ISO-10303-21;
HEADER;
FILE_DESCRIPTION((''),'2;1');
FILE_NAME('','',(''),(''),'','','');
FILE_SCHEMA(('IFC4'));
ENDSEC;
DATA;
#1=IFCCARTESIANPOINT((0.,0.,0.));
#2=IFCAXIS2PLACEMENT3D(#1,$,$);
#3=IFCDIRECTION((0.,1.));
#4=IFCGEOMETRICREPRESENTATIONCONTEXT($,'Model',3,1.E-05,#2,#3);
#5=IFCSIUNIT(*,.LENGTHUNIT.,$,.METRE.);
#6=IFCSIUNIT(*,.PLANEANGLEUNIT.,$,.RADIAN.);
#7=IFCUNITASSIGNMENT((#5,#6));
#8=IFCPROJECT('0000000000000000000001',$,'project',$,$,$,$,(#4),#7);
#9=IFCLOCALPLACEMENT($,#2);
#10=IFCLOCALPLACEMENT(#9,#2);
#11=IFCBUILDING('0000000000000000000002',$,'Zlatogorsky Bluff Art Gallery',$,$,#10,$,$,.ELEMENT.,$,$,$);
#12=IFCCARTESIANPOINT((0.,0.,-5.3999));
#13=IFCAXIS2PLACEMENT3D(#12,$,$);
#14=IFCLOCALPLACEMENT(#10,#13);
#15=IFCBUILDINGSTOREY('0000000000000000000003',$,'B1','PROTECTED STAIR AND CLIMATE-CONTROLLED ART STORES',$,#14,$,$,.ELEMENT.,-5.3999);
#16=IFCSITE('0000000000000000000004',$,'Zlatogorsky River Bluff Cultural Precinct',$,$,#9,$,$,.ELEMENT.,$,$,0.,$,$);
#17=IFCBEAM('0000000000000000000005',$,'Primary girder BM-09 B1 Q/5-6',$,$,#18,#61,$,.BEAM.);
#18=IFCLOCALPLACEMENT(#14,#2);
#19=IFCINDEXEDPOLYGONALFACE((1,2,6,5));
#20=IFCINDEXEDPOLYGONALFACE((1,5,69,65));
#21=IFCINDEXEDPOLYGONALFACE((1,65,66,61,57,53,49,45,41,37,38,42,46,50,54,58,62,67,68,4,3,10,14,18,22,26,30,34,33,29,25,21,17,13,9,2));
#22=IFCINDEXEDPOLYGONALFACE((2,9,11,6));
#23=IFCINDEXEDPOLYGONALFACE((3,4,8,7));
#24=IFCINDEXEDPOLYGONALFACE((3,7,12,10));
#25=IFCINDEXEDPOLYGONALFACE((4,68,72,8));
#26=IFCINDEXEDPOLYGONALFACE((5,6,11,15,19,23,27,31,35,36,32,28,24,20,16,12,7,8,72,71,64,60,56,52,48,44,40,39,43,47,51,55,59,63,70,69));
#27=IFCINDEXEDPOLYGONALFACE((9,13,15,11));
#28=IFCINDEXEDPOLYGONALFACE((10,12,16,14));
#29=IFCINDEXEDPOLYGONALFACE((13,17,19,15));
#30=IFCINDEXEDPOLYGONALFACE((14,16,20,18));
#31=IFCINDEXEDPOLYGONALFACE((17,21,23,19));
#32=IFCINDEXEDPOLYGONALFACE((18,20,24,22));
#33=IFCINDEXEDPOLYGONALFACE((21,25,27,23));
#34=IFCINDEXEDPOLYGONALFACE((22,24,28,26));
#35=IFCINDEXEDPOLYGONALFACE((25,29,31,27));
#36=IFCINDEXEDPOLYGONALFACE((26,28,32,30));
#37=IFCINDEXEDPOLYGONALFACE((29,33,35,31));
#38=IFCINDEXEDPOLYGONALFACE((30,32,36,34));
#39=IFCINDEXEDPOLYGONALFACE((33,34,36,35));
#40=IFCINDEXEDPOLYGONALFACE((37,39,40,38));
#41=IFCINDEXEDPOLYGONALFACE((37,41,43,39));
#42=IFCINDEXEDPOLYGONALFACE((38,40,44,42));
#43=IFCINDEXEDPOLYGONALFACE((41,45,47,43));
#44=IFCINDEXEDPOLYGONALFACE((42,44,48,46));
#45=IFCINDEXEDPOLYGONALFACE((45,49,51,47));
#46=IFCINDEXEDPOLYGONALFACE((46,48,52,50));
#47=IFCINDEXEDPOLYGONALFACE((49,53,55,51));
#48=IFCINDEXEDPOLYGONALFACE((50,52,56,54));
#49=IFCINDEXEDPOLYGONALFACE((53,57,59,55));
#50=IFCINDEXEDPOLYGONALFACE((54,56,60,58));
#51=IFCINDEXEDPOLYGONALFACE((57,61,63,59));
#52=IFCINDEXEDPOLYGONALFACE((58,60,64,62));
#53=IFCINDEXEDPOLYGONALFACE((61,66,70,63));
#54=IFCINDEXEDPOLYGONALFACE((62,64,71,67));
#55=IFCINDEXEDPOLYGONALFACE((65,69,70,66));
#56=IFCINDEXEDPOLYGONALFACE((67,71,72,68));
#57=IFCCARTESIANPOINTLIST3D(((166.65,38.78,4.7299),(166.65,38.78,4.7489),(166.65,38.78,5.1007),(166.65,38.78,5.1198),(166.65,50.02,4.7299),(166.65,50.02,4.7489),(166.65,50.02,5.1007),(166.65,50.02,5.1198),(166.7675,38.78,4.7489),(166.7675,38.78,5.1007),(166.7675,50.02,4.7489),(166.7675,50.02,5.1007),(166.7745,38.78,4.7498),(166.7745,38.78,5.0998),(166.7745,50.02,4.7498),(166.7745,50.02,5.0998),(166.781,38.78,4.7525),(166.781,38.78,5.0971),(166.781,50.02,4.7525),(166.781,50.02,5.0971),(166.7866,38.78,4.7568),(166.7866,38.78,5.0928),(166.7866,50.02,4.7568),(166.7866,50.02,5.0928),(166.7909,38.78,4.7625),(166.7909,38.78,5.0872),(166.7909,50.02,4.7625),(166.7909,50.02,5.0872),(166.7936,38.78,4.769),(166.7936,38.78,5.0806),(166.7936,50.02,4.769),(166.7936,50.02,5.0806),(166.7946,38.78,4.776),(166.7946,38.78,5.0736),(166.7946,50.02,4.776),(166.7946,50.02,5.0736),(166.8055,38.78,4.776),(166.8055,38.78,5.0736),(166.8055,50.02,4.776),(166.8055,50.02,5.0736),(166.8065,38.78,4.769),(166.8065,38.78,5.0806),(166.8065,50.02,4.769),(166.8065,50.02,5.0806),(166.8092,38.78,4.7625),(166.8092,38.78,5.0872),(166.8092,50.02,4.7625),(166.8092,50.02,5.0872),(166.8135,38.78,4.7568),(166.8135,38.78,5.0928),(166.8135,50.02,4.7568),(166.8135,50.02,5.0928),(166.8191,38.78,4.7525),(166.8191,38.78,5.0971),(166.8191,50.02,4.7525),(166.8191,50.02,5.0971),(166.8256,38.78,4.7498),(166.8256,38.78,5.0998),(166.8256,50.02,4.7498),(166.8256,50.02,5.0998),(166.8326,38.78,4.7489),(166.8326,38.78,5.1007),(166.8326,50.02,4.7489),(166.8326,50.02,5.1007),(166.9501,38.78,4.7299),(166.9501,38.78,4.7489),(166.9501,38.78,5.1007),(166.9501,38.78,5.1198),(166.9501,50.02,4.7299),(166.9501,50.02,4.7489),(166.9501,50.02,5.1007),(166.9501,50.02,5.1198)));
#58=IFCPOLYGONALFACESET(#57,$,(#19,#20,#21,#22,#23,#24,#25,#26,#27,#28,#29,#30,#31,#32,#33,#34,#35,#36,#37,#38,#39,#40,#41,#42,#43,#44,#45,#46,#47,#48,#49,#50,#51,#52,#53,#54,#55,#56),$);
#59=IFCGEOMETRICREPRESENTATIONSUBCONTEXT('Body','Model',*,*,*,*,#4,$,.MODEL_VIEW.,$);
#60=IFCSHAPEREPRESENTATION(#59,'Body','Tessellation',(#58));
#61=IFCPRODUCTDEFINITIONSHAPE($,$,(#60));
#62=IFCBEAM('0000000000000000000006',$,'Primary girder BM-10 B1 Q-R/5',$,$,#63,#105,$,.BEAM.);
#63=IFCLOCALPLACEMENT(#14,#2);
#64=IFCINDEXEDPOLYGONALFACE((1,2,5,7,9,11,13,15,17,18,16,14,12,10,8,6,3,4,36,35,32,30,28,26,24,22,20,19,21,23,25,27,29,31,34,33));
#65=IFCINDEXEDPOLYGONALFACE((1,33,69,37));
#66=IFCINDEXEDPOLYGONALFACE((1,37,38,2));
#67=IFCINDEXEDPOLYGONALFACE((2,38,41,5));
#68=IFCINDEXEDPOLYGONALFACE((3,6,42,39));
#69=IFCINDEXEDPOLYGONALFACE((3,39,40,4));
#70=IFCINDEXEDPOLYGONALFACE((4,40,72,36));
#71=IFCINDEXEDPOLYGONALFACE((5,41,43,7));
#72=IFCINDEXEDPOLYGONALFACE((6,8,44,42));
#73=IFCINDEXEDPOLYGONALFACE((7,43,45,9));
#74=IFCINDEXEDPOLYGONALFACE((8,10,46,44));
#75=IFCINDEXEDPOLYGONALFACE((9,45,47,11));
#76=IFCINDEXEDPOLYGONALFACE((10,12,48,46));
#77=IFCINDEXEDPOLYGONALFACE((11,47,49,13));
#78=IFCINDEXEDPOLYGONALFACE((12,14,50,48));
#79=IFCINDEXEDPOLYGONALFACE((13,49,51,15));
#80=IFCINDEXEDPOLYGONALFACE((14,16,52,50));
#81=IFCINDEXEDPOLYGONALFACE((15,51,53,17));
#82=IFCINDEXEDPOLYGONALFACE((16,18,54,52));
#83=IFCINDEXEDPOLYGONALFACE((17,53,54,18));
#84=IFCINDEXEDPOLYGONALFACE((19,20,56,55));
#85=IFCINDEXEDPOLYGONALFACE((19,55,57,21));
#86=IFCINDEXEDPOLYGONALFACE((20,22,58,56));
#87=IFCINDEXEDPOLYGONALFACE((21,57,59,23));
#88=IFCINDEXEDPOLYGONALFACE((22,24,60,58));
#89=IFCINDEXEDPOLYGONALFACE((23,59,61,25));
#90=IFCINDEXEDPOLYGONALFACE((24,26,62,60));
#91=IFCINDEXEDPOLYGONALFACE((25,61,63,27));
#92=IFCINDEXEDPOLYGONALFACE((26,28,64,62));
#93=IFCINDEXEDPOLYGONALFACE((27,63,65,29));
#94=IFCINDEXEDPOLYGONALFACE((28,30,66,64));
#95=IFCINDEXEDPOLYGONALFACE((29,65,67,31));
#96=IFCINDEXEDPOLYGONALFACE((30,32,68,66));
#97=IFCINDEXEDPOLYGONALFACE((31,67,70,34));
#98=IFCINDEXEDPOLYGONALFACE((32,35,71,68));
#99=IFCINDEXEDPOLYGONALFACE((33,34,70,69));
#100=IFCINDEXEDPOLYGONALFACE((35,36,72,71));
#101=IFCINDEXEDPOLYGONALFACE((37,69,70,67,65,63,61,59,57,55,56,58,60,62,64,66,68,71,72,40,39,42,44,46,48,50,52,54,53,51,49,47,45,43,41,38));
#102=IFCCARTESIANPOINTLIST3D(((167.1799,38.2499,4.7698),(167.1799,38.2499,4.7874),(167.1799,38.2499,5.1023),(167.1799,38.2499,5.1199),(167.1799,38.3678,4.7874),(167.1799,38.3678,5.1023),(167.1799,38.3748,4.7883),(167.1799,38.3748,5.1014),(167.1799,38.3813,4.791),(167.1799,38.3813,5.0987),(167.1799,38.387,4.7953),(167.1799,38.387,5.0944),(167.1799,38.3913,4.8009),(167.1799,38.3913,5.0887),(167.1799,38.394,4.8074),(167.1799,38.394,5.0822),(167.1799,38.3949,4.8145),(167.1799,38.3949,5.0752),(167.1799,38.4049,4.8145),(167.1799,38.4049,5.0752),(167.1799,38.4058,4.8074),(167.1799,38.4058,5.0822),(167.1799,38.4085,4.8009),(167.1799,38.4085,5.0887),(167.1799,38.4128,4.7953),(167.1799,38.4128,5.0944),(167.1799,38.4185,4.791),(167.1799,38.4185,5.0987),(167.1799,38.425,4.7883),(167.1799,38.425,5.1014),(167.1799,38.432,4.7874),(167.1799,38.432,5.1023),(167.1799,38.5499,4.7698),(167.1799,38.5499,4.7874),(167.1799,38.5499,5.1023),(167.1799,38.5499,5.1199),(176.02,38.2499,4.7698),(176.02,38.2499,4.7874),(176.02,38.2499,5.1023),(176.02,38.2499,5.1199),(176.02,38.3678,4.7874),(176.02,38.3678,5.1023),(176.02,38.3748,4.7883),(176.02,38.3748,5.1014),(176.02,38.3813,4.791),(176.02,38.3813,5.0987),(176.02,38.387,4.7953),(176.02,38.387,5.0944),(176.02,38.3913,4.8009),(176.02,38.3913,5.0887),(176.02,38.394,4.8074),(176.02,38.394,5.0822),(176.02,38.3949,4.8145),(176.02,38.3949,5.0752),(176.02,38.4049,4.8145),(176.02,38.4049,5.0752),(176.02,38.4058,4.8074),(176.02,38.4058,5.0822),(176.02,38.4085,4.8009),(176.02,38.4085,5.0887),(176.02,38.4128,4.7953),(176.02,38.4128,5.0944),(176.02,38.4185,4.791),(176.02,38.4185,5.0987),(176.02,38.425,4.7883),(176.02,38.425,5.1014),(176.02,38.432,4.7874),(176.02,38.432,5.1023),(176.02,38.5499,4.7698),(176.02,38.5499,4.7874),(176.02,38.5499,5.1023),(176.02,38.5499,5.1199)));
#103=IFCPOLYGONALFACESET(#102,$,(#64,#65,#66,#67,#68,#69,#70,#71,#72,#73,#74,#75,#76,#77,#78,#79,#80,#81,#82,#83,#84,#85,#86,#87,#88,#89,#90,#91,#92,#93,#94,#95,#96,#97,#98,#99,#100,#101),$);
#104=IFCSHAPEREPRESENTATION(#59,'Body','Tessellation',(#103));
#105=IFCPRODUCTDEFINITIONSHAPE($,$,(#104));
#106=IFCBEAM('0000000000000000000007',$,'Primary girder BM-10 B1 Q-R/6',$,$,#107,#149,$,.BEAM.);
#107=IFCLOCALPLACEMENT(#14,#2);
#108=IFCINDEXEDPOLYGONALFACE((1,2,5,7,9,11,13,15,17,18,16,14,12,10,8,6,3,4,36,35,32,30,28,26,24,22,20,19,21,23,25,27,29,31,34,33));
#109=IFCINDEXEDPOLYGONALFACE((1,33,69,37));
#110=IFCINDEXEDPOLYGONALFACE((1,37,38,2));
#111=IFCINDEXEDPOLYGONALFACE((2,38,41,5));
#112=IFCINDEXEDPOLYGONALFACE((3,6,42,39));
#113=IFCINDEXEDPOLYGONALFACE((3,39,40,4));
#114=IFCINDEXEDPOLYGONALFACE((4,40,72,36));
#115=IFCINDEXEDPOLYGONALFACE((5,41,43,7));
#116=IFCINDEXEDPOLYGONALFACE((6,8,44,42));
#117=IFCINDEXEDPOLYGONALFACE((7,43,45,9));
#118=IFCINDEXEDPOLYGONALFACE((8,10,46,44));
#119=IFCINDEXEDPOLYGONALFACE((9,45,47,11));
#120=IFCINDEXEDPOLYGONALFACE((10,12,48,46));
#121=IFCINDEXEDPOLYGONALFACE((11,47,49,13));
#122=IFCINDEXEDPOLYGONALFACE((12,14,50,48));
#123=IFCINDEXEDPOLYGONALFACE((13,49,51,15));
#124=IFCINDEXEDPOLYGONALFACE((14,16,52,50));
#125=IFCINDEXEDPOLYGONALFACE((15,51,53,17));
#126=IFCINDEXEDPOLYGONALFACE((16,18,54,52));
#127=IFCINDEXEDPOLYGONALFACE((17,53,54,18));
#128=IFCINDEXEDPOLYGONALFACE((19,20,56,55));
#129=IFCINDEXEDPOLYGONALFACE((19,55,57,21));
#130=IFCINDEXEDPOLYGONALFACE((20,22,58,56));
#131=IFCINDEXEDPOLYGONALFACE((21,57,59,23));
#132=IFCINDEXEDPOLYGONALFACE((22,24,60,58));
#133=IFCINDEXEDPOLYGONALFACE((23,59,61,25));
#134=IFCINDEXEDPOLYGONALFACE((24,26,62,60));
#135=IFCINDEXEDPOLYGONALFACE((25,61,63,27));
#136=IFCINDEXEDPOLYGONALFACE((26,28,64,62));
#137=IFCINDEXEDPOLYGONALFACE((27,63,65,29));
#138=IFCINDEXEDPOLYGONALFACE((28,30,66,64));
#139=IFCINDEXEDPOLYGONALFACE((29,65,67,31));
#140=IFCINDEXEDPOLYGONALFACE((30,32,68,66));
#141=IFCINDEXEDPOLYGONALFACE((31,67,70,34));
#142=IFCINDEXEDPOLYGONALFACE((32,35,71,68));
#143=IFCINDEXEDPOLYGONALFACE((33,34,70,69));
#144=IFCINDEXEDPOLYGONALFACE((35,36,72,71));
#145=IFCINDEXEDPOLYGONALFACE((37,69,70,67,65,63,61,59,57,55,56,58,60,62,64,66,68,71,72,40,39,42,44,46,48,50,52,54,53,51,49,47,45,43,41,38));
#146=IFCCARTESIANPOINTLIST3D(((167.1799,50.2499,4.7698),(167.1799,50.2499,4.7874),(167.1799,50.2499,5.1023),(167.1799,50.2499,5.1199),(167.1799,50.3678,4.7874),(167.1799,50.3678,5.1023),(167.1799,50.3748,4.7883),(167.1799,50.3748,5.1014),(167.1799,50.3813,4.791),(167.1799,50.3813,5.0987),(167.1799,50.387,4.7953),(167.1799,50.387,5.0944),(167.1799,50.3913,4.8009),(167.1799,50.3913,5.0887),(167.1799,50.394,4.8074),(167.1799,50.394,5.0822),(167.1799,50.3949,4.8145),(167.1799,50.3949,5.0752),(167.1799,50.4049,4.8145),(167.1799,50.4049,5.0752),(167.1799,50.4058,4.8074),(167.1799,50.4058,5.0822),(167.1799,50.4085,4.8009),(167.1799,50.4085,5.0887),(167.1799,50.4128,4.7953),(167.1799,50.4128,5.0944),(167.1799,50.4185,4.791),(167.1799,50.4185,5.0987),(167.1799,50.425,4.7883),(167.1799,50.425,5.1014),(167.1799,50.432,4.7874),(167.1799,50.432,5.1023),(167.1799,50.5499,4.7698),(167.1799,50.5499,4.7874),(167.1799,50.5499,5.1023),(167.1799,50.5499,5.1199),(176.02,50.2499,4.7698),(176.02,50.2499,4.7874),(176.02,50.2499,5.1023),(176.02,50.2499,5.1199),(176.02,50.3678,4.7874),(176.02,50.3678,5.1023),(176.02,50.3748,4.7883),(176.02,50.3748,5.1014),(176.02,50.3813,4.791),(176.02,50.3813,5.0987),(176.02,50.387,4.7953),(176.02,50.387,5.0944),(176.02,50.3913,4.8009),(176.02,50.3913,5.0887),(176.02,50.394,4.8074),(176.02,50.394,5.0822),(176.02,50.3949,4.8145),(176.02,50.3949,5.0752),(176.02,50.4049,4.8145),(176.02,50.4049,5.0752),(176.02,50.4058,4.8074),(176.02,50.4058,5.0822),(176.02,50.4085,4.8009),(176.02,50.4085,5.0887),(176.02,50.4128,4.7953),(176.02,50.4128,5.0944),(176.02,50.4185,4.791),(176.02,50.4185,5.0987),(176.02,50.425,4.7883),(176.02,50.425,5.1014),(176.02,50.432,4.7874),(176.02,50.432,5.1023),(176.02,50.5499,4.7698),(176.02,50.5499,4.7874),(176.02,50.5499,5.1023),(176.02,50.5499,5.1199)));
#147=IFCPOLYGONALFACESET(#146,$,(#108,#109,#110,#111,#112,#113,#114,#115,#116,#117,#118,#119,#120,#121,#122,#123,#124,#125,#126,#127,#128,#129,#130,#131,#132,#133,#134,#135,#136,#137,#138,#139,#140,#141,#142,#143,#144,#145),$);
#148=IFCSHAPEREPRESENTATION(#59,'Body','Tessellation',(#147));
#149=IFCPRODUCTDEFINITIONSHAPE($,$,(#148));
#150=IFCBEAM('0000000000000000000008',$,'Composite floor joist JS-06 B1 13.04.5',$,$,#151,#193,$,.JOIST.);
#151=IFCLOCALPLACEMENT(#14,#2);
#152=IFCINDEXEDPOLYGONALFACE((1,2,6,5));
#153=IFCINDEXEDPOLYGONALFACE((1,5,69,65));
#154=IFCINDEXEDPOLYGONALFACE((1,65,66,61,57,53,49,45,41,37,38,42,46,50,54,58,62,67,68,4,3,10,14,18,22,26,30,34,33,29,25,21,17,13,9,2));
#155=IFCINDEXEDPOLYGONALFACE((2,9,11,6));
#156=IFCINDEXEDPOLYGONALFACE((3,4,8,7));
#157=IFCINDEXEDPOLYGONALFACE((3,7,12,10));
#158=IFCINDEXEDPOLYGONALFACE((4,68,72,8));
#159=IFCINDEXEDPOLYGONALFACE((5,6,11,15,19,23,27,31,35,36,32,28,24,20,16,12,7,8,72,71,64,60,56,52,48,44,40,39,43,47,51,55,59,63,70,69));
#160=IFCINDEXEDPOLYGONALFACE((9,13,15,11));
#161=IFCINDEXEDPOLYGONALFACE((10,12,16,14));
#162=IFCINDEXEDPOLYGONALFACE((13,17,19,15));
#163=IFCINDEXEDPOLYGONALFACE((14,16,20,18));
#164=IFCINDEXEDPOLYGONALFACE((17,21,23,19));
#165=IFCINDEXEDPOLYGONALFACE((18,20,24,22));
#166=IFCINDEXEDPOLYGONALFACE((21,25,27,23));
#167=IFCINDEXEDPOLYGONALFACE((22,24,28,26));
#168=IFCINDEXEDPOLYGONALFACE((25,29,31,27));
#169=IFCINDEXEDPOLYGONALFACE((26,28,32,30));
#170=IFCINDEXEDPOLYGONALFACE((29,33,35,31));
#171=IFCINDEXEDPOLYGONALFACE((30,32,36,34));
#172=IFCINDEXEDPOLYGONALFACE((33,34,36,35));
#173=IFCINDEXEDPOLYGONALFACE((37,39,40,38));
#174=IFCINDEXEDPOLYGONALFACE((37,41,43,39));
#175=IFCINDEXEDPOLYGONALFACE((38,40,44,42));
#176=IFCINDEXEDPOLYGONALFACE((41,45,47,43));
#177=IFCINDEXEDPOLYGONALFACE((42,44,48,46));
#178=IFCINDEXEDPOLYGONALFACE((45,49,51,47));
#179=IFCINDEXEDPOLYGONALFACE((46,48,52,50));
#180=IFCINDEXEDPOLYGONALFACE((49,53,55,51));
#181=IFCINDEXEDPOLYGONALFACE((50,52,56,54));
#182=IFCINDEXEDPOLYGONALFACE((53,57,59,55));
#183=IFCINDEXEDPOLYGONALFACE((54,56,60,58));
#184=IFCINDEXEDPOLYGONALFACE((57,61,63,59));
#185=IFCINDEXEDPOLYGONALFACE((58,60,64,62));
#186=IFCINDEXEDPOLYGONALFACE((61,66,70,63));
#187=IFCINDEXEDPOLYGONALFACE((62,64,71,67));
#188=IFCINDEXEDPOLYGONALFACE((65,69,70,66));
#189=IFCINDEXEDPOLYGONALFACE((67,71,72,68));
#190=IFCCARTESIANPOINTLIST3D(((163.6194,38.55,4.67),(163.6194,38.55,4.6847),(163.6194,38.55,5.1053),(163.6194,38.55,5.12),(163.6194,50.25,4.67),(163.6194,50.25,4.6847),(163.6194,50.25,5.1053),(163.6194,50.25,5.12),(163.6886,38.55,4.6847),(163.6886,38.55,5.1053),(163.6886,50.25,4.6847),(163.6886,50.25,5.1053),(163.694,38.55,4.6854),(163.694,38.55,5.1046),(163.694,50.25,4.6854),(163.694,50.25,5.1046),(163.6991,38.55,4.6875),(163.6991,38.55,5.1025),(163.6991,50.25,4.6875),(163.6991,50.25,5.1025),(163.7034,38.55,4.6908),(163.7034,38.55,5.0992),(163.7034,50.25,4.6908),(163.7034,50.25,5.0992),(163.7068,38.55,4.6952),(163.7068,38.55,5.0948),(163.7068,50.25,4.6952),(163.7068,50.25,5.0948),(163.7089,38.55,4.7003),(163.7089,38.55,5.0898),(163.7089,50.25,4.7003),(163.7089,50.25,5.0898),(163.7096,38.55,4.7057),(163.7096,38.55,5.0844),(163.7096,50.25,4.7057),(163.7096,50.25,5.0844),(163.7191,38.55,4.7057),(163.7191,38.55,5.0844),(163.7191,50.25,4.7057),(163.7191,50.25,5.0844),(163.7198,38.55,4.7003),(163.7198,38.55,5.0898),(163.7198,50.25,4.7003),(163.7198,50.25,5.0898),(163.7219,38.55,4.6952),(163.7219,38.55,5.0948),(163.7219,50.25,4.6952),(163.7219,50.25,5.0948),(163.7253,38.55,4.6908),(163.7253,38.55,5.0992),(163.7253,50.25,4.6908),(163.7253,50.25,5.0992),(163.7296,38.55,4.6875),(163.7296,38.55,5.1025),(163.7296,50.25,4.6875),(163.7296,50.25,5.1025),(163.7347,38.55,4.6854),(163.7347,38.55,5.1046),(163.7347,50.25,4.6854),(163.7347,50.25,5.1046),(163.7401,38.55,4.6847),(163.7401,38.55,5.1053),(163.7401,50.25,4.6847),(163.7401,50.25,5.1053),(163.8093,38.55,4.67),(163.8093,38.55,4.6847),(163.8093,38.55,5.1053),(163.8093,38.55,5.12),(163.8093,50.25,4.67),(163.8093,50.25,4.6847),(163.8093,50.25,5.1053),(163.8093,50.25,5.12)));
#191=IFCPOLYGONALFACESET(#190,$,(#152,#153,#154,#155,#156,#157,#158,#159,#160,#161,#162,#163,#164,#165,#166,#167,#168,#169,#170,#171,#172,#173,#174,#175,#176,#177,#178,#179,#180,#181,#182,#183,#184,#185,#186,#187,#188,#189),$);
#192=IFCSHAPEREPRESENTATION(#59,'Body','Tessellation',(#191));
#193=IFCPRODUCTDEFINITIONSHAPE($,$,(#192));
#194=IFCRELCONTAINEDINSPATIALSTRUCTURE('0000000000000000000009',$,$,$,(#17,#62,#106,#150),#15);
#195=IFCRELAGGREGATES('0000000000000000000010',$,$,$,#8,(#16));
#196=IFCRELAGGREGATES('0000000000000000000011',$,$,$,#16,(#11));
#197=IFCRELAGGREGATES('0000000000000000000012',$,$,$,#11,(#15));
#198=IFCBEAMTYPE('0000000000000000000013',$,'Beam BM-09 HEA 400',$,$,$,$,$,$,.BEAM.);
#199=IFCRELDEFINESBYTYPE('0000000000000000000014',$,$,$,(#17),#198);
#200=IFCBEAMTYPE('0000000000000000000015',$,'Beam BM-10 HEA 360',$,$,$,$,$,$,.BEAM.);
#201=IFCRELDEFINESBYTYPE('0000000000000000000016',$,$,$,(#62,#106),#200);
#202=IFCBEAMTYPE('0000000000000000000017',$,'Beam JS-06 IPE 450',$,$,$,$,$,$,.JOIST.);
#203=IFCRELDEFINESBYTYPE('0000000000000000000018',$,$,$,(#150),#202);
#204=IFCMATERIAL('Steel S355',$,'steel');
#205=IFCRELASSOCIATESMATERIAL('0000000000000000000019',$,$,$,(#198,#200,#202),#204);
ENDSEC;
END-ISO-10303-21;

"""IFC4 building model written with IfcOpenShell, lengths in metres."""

from ifc_helpers import new_model, si_unit, direction, frame, origin, origin_2d, place, context, subcontext, project, spatial, i_section, extrude, material, material_profile, profile_set, type_object, element, save


model = new_model("IFC4")

# Units and contexts
model_context = context("Model", 3, precision=1e-05, world=origin(), true_north=direction((0.0, 1.0)))
body_context = subcontext(model_context, "Body", "Model", "MODEL_VIEW")
ifc_project = project(units=[si_unit("LENGTHUNIT", "METRE"), si_unit("PLANEANGLEUNIT", "RADIAN")], contexts=[model_context])

# Site, building, storey
site_placement = place(None, origin())
site = spatial("IfcSite", under=ifc_project, at=site_placement, Name="Zlatogorsky River Bluff Cultural Precinct", CompositionType="ELEMENT", RefElevation=0.0)
building_placement = place(site_placement, origin())
building = spatial("IfcBuilding", under=site, at=building_placement, Name="Zlatogorsky Bluff Art Gallery", CompositionType="ELEMENT")
storey_placement = place(building_placement, frame((0.0, 0.0, -5.3999)))
storey = spatial("IfcBuildingStorey", under=building, at=storey_placement, Name="B1", Description="PROTECTED STAIR AND CLIMATE-CONTROLLED ART STORES", CompositionType="ELEMENT", Elevation=-5.3999)

# Beams
ifc_material_1 = material(Name="Steel S355", Category="steel")
ifc_material_profile_1 = material_profile(ifc_material_1, i_section(OverallWidth=0.3, OverallDepth=0.3899, WebThickness=0.011, FlangeThickness=0.019, FilletRadius=0.0271, at=origin_2d()), Name="HEA 400")
ifc_profile_set_1 = profile_set([ifc_material_profile_1], Name="Steel S355")
beam_type_1 = type_object("IfcBeamType", Name="Beam BM-09 HEA 400", PredefinedType="BEAM", material=ifc_profile_set_1)
beam_1_placement = place(storey_placement, frame((166.8, 38.78, 4.9248), z_axis=(0.0, 1.0, 0.0), x_axis=(-1.0, 0.0, 0.0)))
element("IfcBeam", 1, at=beam_1_placement, inside=storey, type_object=beam_type_1, Name="Primary girder BM-09 B1 Q/5-6", PredefinedType="BEAM", context=body_context, shape_type="SweptSolid", body=[
    extrude(i_section(OverallWidth=0.3, OverallDepth=0.3899, WebThickness=0.011, FlangeThickness=0.019, FilletRadius=0.0271, at=origin_2d()), origin(), (0.0, 0.0, 1.0), 11.24),
])
ifc_material_profile_2 = material_profile(ifc_material_1, i_section(OverallWidth=0.3, OverallDepth=0.3501, WebThickness=0.01, FlangeThickness=0.0176, FilletRadius=0.0271, at=origin_2d()), Name="HEA 360")
ifc_profile_set_2 = profile_set([ifc_material_profile_2], Name="Steel S355")
beam_type_2 = type_object("IfcBeamType", Name="Beam BM-10 HEA 360", PredefinedType="BEAM", material=ifc_profile_set_2)
for number, where, z_axis, x_axis, name in (
    (2, (167.1799, 38.3999, 4.9448), (1.0, 0.0, 0.0), (0.0, 1.0, 0.0), "Primary girder BM-10 B1 Q-R/5"),
    (3, (167.1799, 50.3999, 4.9448), (1.0, 0.0, 0.0), (0.0, 1.0, 0.0), "Primary girder BM-10 B1 Q-R/6"),
):
    element("IfcBeam", number, at=place(storey_placement, frame(where, z_axis=z_axis, x_axis=x_axis)), inside=storey, type_object=beam_type_2, Name=name, PredefinedType="BEAM", context=body_context, shape_type="SweptSolid", body=[
        extrude(i_section(OverallWidth=0.3, OverallDepth=0.3501, WebThickness=0.01, FlangeThickness=0.0176, FilletRadius=0.0271, at=origin_2d()), origin(), (0.0, 0.0, 1.0), 8.8401),
    ])
ifc_material_profile_3 = material_profile(ifc_material_1, i_section(OverallWidth=0.1899, OverallDepth=0.45, WebThickness=0.0095, FlangeThickness=0.0146, FilletRadius=0.021, at=origin_2d()), Name="IPE 450")
ifc_profile_set_3 = profile_set([ifc_material_profile_3], Name="Steel S355")
beam_type_3 = type_object("IfcBeamType", Name="Beam JS-06 IPE 450", PredefinedType="JOIST", material=ifc_profile_set_3)
for number, where, z_axis, x_axis, name in (
    (4, (163.7144, 38.55, 4.895), (0.0, 1.0, 0.0), (-1.0, 0.0, 0.0), "Composite floor joist JS-06 B1 13.04.5"),
):
    element("IfcBeam", number, at=place(storey_placement, frame(where, z_axis=z_axis, x_axis=x_axis)), inside=storey, type_object=beam_type_3, Name=name, PredefinedType="JOIST", context=body_context, shape_type="SweptSolid", body=[
        extrude(i_section(OverallWidth=0.1899, OverallDepth=0.45, WebThickness=0.0095, FlangeThickness=0.0146, FilletRadius=0.021, at=origin_2d()), origin(), (0.0, 0.0, 1.0), 11.7),
    ])

save(model, "model.ifc")
